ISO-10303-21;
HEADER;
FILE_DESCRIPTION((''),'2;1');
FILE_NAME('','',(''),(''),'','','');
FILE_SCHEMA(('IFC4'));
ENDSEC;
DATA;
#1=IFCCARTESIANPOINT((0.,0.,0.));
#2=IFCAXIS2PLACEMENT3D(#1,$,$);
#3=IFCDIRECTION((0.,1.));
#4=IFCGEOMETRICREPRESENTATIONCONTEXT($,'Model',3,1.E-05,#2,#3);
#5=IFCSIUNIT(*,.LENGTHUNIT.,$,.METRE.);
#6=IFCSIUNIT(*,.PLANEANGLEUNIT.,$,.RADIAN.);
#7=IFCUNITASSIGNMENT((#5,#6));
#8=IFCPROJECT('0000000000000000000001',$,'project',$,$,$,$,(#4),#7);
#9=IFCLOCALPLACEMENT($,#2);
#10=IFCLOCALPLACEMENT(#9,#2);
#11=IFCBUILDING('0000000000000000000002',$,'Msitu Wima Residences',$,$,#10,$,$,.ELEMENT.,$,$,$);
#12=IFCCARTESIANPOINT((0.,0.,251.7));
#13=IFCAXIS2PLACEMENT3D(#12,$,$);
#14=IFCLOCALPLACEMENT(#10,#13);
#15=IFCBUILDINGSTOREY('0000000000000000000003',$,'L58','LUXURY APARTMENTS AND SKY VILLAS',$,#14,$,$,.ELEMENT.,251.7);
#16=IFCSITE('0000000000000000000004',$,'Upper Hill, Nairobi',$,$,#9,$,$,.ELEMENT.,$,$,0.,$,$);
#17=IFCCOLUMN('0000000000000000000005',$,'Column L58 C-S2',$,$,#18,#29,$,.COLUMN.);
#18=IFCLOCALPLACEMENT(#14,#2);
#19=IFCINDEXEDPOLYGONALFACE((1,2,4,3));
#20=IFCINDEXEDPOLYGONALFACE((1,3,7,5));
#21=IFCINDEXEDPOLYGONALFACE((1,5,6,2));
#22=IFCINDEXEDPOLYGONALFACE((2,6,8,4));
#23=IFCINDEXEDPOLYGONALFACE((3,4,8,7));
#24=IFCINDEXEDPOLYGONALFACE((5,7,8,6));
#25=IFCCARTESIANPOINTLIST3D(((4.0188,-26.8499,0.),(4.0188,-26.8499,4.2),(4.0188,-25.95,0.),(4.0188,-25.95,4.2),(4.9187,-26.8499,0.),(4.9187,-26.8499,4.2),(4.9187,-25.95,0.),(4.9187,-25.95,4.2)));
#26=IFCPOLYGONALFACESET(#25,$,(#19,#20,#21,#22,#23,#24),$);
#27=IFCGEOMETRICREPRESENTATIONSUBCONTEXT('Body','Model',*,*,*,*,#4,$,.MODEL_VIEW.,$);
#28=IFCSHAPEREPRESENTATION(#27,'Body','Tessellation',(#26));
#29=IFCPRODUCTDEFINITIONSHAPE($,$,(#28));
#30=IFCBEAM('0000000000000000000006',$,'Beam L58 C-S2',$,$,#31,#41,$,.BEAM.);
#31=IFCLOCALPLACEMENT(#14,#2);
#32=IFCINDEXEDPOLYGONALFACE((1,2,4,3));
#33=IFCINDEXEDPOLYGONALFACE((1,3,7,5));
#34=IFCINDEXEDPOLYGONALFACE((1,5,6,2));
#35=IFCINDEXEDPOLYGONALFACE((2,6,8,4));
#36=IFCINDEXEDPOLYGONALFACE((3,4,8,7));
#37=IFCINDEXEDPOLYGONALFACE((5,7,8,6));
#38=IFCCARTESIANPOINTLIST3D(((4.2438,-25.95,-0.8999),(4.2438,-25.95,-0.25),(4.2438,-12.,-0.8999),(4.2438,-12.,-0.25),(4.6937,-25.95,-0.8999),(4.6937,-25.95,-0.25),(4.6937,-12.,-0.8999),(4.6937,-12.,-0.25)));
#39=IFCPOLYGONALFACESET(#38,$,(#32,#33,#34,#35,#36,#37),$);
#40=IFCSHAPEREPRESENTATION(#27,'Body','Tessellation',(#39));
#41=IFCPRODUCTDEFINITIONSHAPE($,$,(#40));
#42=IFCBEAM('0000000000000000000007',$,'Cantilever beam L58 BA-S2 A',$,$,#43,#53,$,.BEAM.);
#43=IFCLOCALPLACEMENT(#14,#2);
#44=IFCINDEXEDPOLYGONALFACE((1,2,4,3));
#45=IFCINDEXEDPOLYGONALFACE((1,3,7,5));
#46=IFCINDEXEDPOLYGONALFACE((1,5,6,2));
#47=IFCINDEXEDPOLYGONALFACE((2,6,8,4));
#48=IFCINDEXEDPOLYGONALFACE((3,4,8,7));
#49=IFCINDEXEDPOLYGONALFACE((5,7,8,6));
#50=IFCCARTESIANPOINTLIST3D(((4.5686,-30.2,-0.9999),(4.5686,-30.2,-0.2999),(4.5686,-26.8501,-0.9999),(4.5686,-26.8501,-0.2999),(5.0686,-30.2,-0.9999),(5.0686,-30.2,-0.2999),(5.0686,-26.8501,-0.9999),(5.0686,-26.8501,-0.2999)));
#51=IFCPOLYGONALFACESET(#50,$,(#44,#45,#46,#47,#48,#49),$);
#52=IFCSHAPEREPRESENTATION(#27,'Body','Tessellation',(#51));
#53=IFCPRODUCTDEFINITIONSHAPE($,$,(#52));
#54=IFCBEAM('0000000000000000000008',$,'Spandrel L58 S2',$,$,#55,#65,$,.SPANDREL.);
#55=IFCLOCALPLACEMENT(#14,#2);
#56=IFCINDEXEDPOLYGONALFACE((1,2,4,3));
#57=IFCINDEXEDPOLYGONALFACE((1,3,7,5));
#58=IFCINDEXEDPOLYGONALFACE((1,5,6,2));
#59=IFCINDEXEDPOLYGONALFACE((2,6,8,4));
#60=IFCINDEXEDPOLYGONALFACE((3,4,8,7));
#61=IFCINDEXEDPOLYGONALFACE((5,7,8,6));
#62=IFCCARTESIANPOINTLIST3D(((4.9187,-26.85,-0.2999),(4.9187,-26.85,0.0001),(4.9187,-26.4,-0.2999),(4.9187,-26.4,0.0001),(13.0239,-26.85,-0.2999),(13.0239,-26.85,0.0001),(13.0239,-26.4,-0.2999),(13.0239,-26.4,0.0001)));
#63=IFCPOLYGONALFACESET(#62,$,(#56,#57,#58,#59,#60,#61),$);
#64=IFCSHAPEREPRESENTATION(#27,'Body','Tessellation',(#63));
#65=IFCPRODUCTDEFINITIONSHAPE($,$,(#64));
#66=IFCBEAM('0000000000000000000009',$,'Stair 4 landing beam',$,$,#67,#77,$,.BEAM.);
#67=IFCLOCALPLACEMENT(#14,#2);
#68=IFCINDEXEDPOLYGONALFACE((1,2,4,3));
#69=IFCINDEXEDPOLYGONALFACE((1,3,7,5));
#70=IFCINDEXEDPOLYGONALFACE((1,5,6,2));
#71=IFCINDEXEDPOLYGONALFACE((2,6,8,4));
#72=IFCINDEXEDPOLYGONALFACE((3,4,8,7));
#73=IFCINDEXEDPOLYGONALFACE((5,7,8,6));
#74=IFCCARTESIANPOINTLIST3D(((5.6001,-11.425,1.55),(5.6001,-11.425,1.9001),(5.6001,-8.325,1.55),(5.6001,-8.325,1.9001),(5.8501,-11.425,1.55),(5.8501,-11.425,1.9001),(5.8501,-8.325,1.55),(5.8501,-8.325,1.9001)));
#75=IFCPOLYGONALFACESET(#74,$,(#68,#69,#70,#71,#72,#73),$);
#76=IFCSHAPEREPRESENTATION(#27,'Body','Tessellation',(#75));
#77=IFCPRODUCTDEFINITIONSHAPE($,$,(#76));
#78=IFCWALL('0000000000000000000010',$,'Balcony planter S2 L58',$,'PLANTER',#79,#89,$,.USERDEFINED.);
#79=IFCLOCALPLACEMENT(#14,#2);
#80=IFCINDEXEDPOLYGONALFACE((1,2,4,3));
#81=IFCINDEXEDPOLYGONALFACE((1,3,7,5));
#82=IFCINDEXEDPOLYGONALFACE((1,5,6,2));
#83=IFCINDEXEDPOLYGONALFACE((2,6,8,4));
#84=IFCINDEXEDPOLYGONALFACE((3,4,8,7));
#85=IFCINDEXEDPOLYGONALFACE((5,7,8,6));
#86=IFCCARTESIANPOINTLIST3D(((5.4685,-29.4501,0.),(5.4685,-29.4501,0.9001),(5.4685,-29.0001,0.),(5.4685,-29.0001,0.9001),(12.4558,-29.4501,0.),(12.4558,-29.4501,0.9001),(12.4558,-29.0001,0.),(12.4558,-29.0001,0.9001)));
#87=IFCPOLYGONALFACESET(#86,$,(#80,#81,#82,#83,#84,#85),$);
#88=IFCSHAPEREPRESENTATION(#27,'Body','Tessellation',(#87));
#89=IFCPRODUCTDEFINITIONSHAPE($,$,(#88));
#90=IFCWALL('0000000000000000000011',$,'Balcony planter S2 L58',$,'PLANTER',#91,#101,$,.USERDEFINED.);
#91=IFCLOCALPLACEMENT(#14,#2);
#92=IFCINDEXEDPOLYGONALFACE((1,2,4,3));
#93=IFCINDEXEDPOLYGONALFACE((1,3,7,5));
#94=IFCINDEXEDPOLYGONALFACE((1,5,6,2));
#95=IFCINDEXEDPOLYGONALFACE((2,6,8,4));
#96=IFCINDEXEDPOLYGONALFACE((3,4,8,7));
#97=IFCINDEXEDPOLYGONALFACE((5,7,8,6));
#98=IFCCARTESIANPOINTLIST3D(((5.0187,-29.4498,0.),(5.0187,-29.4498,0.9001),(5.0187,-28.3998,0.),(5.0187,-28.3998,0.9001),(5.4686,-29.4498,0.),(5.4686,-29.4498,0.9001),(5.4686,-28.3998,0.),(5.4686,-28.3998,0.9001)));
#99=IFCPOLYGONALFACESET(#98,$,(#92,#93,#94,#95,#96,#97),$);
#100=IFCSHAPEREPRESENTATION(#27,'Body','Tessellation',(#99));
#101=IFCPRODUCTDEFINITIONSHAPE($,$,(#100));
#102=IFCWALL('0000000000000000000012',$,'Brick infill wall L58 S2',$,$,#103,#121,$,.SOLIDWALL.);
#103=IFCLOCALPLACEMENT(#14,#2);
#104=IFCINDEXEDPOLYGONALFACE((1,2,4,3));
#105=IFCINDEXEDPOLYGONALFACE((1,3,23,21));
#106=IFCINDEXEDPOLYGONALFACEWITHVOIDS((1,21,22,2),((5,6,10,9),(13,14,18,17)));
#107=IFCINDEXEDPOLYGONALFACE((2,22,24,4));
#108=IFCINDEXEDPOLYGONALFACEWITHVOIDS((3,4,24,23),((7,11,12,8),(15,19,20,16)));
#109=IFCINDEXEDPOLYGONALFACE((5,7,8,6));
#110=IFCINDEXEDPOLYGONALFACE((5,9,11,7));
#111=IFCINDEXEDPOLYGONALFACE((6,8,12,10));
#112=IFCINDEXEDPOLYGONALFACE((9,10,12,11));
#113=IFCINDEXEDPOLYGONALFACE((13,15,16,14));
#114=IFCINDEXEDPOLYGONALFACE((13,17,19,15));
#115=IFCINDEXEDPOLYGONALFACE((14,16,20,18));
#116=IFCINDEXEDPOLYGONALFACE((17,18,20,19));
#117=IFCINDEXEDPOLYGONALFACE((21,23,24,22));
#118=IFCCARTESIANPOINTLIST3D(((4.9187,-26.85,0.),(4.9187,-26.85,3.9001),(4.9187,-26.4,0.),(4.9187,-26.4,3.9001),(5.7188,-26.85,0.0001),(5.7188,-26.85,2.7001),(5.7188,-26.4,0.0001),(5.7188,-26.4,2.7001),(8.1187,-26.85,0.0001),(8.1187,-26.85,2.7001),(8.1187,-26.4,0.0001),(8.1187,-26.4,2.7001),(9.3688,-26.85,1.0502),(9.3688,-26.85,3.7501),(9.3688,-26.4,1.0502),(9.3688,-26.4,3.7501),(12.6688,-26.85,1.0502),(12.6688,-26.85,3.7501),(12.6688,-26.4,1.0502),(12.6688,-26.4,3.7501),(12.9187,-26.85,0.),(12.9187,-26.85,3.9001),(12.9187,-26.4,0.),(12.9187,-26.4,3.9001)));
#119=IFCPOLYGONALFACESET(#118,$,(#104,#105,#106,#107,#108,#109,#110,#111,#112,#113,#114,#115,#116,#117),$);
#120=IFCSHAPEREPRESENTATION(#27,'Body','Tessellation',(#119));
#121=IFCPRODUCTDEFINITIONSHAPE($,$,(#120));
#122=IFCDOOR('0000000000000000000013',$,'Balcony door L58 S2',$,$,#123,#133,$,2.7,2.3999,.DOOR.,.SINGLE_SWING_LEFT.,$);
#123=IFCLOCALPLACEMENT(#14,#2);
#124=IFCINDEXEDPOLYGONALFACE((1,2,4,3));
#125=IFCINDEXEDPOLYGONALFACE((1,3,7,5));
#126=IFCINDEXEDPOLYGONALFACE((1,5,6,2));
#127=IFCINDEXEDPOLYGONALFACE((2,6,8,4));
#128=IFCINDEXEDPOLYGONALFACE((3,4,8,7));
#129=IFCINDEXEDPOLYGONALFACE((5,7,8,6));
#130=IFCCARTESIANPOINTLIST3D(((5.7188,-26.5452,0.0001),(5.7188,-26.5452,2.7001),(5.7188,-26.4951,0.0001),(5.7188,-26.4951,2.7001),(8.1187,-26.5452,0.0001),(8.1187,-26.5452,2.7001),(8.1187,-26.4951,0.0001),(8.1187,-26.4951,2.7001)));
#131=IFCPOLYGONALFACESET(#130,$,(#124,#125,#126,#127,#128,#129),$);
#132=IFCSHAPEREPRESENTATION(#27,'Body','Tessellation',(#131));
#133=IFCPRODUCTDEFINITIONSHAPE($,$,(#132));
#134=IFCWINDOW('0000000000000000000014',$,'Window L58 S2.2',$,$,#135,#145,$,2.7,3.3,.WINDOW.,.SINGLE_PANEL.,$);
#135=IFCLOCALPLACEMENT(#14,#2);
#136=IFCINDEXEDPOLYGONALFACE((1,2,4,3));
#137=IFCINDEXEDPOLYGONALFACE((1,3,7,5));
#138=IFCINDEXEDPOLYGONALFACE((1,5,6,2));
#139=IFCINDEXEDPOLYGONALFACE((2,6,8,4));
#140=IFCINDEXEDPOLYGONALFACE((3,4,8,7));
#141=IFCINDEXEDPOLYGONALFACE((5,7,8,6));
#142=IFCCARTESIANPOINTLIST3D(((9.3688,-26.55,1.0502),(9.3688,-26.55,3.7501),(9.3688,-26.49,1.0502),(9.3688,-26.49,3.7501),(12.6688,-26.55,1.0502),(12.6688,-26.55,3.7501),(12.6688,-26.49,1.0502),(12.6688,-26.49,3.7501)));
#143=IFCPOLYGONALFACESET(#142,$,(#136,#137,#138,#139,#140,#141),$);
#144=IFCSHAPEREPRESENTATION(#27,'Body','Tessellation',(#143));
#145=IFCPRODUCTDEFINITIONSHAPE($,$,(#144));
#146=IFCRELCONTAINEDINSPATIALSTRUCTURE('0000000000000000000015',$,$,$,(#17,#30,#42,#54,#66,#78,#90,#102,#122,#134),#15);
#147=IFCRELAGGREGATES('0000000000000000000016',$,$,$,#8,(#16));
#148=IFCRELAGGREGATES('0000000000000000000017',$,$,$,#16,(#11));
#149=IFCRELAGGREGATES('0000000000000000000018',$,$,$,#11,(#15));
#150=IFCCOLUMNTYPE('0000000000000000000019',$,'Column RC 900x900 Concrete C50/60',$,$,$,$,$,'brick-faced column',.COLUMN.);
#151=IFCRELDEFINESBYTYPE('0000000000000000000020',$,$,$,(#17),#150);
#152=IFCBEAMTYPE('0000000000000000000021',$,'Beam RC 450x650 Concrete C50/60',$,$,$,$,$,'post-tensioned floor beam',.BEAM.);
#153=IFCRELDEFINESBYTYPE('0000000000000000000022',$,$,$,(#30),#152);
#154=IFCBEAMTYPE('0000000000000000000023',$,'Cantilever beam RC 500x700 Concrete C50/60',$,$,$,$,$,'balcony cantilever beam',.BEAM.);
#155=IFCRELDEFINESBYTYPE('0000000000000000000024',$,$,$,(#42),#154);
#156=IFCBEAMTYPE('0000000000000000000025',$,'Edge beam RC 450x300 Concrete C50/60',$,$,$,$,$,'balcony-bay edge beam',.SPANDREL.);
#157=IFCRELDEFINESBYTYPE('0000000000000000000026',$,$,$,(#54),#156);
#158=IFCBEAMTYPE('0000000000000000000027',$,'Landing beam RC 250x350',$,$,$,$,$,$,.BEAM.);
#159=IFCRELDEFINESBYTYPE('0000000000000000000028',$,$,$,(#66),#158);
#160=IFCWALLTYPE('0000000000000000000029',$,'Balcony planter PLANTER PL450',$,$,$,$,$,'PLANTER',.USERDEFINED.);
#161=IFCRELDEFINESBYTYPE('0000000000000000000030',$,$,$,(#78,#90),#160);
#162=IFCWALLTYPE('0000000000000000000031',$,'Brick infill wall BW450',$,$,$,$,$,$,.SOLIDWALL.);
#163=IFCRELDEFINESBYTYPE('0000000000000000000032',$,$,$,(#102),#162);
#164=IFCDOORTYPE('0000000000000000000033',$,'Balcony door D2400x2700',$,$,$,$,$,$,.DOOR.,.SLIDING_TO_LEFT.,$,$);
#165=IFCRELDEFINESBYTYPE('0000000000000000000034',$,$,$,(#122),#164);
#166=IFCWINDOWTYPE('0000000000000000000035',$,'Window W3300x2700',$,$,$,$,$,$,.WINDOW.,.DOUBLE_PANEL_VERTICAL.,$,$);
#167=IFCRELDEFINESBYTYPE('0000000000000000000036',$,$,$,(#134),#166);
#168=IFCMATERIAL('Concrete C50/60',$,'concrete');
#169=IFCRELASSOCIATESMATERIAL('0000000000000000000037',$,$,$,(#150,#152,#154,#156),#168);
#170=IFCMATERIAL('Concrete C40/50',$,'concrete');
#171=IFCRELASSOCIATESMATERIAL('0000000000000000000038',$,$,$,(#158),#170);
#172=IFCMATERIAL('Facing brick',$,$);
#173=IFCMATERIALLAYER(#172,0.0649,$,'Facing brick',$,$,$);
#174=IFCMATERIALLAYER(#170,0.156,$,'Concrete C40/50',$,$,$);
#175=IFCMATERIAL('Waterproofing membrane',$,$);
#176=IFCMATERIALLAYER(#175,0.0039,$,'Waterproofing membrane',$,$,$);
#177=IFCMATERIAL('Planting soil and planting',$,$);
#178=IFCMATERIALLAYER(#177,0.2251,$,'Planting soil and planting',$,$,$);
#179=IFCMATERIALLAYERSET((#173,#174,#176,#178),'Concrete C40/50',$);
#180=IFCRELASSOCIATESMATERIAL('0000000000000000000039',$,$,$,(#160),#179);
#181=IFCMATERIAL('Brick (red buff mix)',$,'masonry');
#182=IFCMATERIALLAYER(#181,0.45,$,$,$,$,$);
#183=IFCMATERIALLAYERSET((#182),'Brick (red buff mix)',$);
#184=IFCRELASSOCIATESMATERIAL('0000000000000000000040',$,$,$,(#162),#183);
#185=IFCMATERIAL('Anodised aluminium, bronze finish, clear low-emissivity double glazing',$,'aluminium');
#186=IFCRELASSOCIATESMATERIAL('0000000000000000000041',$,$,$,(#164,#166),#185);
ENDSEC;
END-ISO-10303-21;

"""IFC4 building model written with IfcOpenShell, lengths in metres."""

from ifc_helpers import new_model, si_unit, direction, frame, frame_2d, origin, origin_2d, place, context, subcontext, project, spatial, rectangle, extrude, material, layer, layer_set, material_profile, profile_set, type_object, element, fill, save


model = new_model("IFC4")

# Units and contexts
model_context = context("Model", 3, precision=1e-05, world=origin(), true_north=direction((0.0, 1.0)))
body_context = subcontext(model_context, "Body", "Model", "MODEL_VIEW")
ifc_project = project(units=[si_unit("LENGTHUNIT", "METRE"), si_unit("PLANEANGLEUNIT", "RADIAN")], contexts=[model_context])

# Site, building, storey
site_placement = place(None, origin())
site = spatial("IfcSite", under=ifc_project, at=site_placement, Name="Upper Hill, Nairobi", CompositionType="ELEMENT", RefElevation=0.0)
building_placement = place(site_placement, origin())
building = spatial("IfcBuilding", under=site, at=building_placement, Name="Msitu Wima Residences", CompositionType="ELEMENT")
storey_placement = place(building_placement, frame((0.0, 0.0, 251.7)))
storey = spatial("IfcBuildingStorey", under=building, at=storey_placement, Name="L58", Description="LUXURY APARTMENTS AND SKY VILLAS", CompositionType="ELEMENT", Elevation=251.7)

# Column
ifc_material_1 = material(Name="Concrete C50/60", Category="concrete")
ifc_material_profile_1 = material_profile(ifc_material_1, rectangle(XDim=0.8999, YDim=0.8999, at=origin_2d()), Name="RC 900x900")
ifc_profile_set_1 = profile_set([ifc_material_profile_1], Name="Concrete C50/60")
column_type = type_object("IfcColumnType", Name="Column RC 900x900 Concrete C50/60", ElementType="brick-faced column", PredefinedType="COLUMN", material=ifc_profile_set_1)
column_placement = place(storey_placement, frame((4.4688, -26.3999, 0.0), z_axis=(0.0, 0.0, 1.0), x_axis=(1.0, 0.0, 0.0)))
element("IfcColumn", 1, at=column_placement, inside=storey, type_object=column_type, Name="Column L58 C-S2", PredefinedType="COLUMN", context=body_context, shape_type="SweptSolid", body=[
    extrude(rectangle(XDim=0.8999, YDim=0.8999, at=origin_2d()), origin(), (0.0, 0.0, 1.0), 4.2),
])

# Beams
ifc_material_profile_2 = material_profile(ifc_material_1, rectangle(XDim=0.45, YDim=0.6499, at=origin_2d()), Name="RC 450x650")
ifc_profile_set_2 = profile_set([ifc_material_profile_2], Name="Concrete C50/60")
beam_type_1 = type_object("IfcBeamType", Name="Beam RC 450x650 Concrete C50/60", ElementType="post-tensioned floor beam", PredefinedType="BEAM", material=ifc_profile_set_2)
beam_1_placement = place(storey_placement, frame((4.4688, -25.95, -0.575), z_axis=(0.0, 1.0, 0.0), x_axis=(-1.0, 0.0, 0.0)))
element("IfcBeam", 2, at=beam_1_placement, inside=storey, type_object=beam_type_1, Name="Beam L58 C-S2", PredefinedType="BEAM", context=body_context, shape_type="SweptSolid", body=[
    extrude(rectangle(XDim=0.45, YDim=0.6499, at=origin_2d()), origin(), (0.0, 0.0, 1.0), 13.95),
])
ifc_material_profile_3 = material_profile(ifc_material_1, rectangle(XDim=0.5, YDim=0.7, at=origin_2d()), Name="RC 500x700")
ifc_profile_set_3 = profile_set([ifc_material_profile_3], Name="Concrete C50/60")
beam_type_2 = type_object("IfcBeamType", Name="Cantilever beam RC 500x700 Concrete C50/60", ElementType="balcony cantilever beam", PredefinedType="BEAM", material=ifc_profile_set_3)
beam_2_placement = place(storey_placement, frame((4.8186, -26.8501, -0.6499), z_axis=(0.0, -1.0, 0.0), x_axis=(1.0, 0.0, 0.0)))
element("IfcBeam", 3, at=beam_2_placement, inside=storey, type_object=beam_type_2, Name="Cantilever beam L58 BA-S2 A", PredefinedType="BEAM", context=body_context, shape_type="SweptSolid", body=[
    extrude(rectangle(XDim=0.5, YDim=0.7, at=origin_2d()), origin(), (0.0, 0.0, 1.0), 3.3499),
])
ifc_material_profile_4 = material_profile(ifc_material_1, rectangle(XDim=0.45, YDim=0.3, at=origin_2d()), Name="RC 450x300")
ifc_profile_set_4 = profile_set([ifc_material_profile_4], Name="Concrete C50/60")
beam_type_3 = type_object("IfcBeamType", Name="Edge beam RC 450x300 Concrete C50/60", ElementType="balcony-bay edge beam", PredefinedType="SPANDREL", material=ifc_profile_set_4)
beam_3_placement = place(storey_placement, frame((4.9187, -26.625, -0.1499), z_axis=(1.0, 0.0, 0.0), x_axis=(0.0, 1.0, 0.0)))
element("IfcBeam", 4, at=beam_3_placement, inside=storey, type_object=beam_type_3, Name="Spandrel L58 S2", PredefinedType="SPANDREL", context=body_context, shape_type="SweptSolid", body=[
    extrude(rectangle(XDim=0.45, YDim=0.3, at=origin_2d()), origin(), (0.0, 0.0, 1.0), 8.1052),
])
ifc_material_2 = material(Name="Concrete C40/50", Category="concrete")
ifc_material_profile_5 = material_profile(ifc_material_2, rectangle(XDim=0.25, YDim=0.3501, at=origin_2d()), Name="RC 250x350")
ifc_profile_set_5 = profile_set([ifc_material_profile_5], Name="Concrete C40/50")
beam_type_4 = type_object("IfcBeamType", Name="Landing beam RC 250x350", PredefinedType="BEAM", material=ifc_profile_set_5)
beam_4_placement = place(storey_placement, frame((5.7251, -11.425, 1.7251), z_axis=(0.0, 1.0, 0.0), x_axis=(-1.0, 0.0, 0.0)))
element("IfcBeam", 5, at=beam_4_placement, inside=storey, type_object=beam_type_4, Name="Stair 4 landing beam", PredefinedType="BEAM", context=body_context, shape_type="SweptSolid", body=[
    extrude(rectangle(XDim=0.25, YDim=0.3501, at=origin_2d()), origin(), (0.0, 0.0, 1.0), 3.1001),
])

# Walls
ifc_material_3 = material(Name="Facing brick")
ifc_layer_1 = layer(ifc_material_3, 0.0649, Name="Facing brick")
ifc_layer_2 = layer(ifc_material_2, 0.156, Name="Concrete C40/50")
ifc_material_4 = material(Name="Waterproofing membrane")
ifc_layer_3 = layer(ifc_material_4, 0.0039, Name="Waterproofing membrane")
ifc_material_5 = material(Name="Planting soil and planting")
ifc_layer_4 = layer(ifc_material_5, 0.2251, Name="Planting soil and planting")
ifc_layer_set_1 = layer_set([ifc_layer_1, ifc_layer_2, ifc_layer_3, ifc_layer_4], Name="Concrete C40/50")
wall_type_1 = type_object("IfcWallType", Name="Balcony planter PLANTER PL450", ElementType="PLANTER", PredefinedType="USERDEFINED", material=ifc_layer_set_1)
wall_1_placement = place(storey_placement, frame((5.4685, -29.2251, 0.0), z_axis=(0.0, 0.0, 1.0), x_axis=(1.0, 0.0, 0.0)))
element("IfcWall", 6, at=wall_1_placement, inside=storey, type_object=wall_type_1, Name="Balcony planter S2 L58", ObjectType="PLANTER", PredefinedType="USERDEFINED", context=body_context, shape_type="SweptSolid", body=[
    extrude(rectangle(XDim=6.9873, YDim=0.45, at=frame_2d((3.4937, 0.0))), origin(), (0.0, 0.0, 1.0), 0.9001),
])
wall_2_placement = place(storey_placement, frame((5.2437, -28.3999, 0.0), z_axis=(0.0, 0.0, 1.0), x_axis=(0.0, -1.0, 0.0)))
element("IfcWall", 7, at=wall_2_placement, inside=storey, type_object=wall_type_1, Name="Balcony planter S2 L58", ObjectType="PLANTER", PredefinedType="USERDEFINED", context=body_context, shape_type="SweptSolid", body=[
    extrude(rectangle(XDim=1.05, YDim=0.45, at=frame_2d((0.5249, 0.0))), origin(), (0.0, 0.0, 1.0), 0.9001),
])

# Wall, openings, door, window
ifc_material_6 = material(Name="Brick (red buff mix)", Category="masonry")
ifc_layer_5 = layer(ifc_material_6, 0.45)
ifc_layer_set_2 = layer_set([ifc_layer_5], Name="Brick (red buff mix)")
wall_type_2 = type_object("IfcWallType", Name="Brick infill wall BW450", PredefinedType="SOLIDWALL", material=ifc_layer_set_2)
wall_3_placement = place(storey_placement, frame((4.9187, -26.625, 0.0), z_axis=(0.0, 0.0, 1.0), x_axis=(1.0, 0.0, 0.0)))
wall_3 = element("IfcWall", 8, at=wall_3_placement, inside=storey, type_object=wall_type_2, Name="Brick infill wall L58 S2", PredefinedType="SOLIDWALL", context=body_context, shape_type="SweptSolid", body=[
    extrude(rectangle(XDim=8.0, YDim=0.45, at=frame_2d((4.0, 0.0))), origin(), (0.0, 0.0, 1.0), 3.9001),
])
opening_1_placement = place(wall_3_placement, frame((0.8, 0.0, 0.0)))
opening_1 = element("IfcOpeningElement", 9, at=opening_1_placement, cuts=wall_3, PredefinedType="OPENING", context=body_context, shape_type="SweptSolid", body=[
    extrude(rectangle(XDim=2.3999, YDim=2.7, at=frame_2d((1.2, 1.3501))), frame((0.0, 0.2349, 0.0), z_axis=(0.0, -1.0, 0.0), x_axis=(1.0, 0.0, 0.0)), (0.0, 0.0, 1.0), 0.47),
])
opening_2_placement = place(wall_3_placement, frame((4.4502, 0.0, 1.05)))
opening_2 = element("IfcOpeningElement", 10, at=opening_2_placement, cuts=wall_3, PredefinedType="OPENING", context=body_context, shape_type="SweptSolid", body=[
    extrude(rectangle(XDim=3.3, YDim=2.7, at=frame_2d((1.6499, 1.3501))), frame((0.0, 0.2349, 0.0), z_axis=(0.0, -1.0, 0.0), x_axis=(1.0, 0.0, 0.0)), (0.0, 0.0, 1.0), 0.47),
])
ifc_material_7 = material(Name="Anodised aluminium, bronze finish, clear low-emissivity double glazing", Category="aluminium")
door_type_1 = type_object("IfcDoorType", Name="Balcony door D2400x2700", OperationType="SLIDING_TO_LEFT", PredefinedType="DOOR", material=ifc_material_7)
door_1_placement = place(opening_1_placement, origin())
door_1 = element("IfcDoor", 11, at=door_1_placement, inside=storey, type_object=door_type_1, Name="Balcony door L58 S2", OperationType="SINGLE_SWING_LEFT", OverallHeight=2.7, OverallWidth=2.3999, PredefinedType="DOOR", context=body_context, shape_type="SweptSolid", body=[
    extrude(rectangle(XDim=2.3999, YDim=2.7, at=frame_2d((1.2, 1.3501))), frame((0.0, 0.1299, 0.0), z_axis=(0.0, -1.0, 0.0), x_axis=(1.0, 0.0, 0.0)), (0.0, 0.0, 1.0), 0.05),
])
fill(opening_1, door_1)
window_type = type_object("IfcWindowType", Name="Window W3300x2700", PartitioningType="DOUBLE_PANEL_VERTICAL", PredefinedType="WINDOW", material=ifc_material_7)
window_placement = place(opening_2_placement, origin())
window = element("IfcWindow", 12, at=window_placement, inside=storey, type_object=window_type, Name="Window L58 S2.2", OverallHeight=2.7, OverallWidth=3.3, PartitioningType="SINGLE_PANEL", PredefinedType="WINDOW", context=body_context, shape_type="SweptSolid", body=[
    extrude(rectangle(XDim=3.3, YDim=2.7, at=frame_2d((1.6499, 1.3501))), frame((0.0, 0.135, 0.0), z_axis=(0.0, -1.0, 0.0), x_axis=(1.0, 0.0, 0.0)), (0.0, 0.0, 1.0), 0.0601),
])
fill(opening_2, window)

save(model, "model.ifc")
